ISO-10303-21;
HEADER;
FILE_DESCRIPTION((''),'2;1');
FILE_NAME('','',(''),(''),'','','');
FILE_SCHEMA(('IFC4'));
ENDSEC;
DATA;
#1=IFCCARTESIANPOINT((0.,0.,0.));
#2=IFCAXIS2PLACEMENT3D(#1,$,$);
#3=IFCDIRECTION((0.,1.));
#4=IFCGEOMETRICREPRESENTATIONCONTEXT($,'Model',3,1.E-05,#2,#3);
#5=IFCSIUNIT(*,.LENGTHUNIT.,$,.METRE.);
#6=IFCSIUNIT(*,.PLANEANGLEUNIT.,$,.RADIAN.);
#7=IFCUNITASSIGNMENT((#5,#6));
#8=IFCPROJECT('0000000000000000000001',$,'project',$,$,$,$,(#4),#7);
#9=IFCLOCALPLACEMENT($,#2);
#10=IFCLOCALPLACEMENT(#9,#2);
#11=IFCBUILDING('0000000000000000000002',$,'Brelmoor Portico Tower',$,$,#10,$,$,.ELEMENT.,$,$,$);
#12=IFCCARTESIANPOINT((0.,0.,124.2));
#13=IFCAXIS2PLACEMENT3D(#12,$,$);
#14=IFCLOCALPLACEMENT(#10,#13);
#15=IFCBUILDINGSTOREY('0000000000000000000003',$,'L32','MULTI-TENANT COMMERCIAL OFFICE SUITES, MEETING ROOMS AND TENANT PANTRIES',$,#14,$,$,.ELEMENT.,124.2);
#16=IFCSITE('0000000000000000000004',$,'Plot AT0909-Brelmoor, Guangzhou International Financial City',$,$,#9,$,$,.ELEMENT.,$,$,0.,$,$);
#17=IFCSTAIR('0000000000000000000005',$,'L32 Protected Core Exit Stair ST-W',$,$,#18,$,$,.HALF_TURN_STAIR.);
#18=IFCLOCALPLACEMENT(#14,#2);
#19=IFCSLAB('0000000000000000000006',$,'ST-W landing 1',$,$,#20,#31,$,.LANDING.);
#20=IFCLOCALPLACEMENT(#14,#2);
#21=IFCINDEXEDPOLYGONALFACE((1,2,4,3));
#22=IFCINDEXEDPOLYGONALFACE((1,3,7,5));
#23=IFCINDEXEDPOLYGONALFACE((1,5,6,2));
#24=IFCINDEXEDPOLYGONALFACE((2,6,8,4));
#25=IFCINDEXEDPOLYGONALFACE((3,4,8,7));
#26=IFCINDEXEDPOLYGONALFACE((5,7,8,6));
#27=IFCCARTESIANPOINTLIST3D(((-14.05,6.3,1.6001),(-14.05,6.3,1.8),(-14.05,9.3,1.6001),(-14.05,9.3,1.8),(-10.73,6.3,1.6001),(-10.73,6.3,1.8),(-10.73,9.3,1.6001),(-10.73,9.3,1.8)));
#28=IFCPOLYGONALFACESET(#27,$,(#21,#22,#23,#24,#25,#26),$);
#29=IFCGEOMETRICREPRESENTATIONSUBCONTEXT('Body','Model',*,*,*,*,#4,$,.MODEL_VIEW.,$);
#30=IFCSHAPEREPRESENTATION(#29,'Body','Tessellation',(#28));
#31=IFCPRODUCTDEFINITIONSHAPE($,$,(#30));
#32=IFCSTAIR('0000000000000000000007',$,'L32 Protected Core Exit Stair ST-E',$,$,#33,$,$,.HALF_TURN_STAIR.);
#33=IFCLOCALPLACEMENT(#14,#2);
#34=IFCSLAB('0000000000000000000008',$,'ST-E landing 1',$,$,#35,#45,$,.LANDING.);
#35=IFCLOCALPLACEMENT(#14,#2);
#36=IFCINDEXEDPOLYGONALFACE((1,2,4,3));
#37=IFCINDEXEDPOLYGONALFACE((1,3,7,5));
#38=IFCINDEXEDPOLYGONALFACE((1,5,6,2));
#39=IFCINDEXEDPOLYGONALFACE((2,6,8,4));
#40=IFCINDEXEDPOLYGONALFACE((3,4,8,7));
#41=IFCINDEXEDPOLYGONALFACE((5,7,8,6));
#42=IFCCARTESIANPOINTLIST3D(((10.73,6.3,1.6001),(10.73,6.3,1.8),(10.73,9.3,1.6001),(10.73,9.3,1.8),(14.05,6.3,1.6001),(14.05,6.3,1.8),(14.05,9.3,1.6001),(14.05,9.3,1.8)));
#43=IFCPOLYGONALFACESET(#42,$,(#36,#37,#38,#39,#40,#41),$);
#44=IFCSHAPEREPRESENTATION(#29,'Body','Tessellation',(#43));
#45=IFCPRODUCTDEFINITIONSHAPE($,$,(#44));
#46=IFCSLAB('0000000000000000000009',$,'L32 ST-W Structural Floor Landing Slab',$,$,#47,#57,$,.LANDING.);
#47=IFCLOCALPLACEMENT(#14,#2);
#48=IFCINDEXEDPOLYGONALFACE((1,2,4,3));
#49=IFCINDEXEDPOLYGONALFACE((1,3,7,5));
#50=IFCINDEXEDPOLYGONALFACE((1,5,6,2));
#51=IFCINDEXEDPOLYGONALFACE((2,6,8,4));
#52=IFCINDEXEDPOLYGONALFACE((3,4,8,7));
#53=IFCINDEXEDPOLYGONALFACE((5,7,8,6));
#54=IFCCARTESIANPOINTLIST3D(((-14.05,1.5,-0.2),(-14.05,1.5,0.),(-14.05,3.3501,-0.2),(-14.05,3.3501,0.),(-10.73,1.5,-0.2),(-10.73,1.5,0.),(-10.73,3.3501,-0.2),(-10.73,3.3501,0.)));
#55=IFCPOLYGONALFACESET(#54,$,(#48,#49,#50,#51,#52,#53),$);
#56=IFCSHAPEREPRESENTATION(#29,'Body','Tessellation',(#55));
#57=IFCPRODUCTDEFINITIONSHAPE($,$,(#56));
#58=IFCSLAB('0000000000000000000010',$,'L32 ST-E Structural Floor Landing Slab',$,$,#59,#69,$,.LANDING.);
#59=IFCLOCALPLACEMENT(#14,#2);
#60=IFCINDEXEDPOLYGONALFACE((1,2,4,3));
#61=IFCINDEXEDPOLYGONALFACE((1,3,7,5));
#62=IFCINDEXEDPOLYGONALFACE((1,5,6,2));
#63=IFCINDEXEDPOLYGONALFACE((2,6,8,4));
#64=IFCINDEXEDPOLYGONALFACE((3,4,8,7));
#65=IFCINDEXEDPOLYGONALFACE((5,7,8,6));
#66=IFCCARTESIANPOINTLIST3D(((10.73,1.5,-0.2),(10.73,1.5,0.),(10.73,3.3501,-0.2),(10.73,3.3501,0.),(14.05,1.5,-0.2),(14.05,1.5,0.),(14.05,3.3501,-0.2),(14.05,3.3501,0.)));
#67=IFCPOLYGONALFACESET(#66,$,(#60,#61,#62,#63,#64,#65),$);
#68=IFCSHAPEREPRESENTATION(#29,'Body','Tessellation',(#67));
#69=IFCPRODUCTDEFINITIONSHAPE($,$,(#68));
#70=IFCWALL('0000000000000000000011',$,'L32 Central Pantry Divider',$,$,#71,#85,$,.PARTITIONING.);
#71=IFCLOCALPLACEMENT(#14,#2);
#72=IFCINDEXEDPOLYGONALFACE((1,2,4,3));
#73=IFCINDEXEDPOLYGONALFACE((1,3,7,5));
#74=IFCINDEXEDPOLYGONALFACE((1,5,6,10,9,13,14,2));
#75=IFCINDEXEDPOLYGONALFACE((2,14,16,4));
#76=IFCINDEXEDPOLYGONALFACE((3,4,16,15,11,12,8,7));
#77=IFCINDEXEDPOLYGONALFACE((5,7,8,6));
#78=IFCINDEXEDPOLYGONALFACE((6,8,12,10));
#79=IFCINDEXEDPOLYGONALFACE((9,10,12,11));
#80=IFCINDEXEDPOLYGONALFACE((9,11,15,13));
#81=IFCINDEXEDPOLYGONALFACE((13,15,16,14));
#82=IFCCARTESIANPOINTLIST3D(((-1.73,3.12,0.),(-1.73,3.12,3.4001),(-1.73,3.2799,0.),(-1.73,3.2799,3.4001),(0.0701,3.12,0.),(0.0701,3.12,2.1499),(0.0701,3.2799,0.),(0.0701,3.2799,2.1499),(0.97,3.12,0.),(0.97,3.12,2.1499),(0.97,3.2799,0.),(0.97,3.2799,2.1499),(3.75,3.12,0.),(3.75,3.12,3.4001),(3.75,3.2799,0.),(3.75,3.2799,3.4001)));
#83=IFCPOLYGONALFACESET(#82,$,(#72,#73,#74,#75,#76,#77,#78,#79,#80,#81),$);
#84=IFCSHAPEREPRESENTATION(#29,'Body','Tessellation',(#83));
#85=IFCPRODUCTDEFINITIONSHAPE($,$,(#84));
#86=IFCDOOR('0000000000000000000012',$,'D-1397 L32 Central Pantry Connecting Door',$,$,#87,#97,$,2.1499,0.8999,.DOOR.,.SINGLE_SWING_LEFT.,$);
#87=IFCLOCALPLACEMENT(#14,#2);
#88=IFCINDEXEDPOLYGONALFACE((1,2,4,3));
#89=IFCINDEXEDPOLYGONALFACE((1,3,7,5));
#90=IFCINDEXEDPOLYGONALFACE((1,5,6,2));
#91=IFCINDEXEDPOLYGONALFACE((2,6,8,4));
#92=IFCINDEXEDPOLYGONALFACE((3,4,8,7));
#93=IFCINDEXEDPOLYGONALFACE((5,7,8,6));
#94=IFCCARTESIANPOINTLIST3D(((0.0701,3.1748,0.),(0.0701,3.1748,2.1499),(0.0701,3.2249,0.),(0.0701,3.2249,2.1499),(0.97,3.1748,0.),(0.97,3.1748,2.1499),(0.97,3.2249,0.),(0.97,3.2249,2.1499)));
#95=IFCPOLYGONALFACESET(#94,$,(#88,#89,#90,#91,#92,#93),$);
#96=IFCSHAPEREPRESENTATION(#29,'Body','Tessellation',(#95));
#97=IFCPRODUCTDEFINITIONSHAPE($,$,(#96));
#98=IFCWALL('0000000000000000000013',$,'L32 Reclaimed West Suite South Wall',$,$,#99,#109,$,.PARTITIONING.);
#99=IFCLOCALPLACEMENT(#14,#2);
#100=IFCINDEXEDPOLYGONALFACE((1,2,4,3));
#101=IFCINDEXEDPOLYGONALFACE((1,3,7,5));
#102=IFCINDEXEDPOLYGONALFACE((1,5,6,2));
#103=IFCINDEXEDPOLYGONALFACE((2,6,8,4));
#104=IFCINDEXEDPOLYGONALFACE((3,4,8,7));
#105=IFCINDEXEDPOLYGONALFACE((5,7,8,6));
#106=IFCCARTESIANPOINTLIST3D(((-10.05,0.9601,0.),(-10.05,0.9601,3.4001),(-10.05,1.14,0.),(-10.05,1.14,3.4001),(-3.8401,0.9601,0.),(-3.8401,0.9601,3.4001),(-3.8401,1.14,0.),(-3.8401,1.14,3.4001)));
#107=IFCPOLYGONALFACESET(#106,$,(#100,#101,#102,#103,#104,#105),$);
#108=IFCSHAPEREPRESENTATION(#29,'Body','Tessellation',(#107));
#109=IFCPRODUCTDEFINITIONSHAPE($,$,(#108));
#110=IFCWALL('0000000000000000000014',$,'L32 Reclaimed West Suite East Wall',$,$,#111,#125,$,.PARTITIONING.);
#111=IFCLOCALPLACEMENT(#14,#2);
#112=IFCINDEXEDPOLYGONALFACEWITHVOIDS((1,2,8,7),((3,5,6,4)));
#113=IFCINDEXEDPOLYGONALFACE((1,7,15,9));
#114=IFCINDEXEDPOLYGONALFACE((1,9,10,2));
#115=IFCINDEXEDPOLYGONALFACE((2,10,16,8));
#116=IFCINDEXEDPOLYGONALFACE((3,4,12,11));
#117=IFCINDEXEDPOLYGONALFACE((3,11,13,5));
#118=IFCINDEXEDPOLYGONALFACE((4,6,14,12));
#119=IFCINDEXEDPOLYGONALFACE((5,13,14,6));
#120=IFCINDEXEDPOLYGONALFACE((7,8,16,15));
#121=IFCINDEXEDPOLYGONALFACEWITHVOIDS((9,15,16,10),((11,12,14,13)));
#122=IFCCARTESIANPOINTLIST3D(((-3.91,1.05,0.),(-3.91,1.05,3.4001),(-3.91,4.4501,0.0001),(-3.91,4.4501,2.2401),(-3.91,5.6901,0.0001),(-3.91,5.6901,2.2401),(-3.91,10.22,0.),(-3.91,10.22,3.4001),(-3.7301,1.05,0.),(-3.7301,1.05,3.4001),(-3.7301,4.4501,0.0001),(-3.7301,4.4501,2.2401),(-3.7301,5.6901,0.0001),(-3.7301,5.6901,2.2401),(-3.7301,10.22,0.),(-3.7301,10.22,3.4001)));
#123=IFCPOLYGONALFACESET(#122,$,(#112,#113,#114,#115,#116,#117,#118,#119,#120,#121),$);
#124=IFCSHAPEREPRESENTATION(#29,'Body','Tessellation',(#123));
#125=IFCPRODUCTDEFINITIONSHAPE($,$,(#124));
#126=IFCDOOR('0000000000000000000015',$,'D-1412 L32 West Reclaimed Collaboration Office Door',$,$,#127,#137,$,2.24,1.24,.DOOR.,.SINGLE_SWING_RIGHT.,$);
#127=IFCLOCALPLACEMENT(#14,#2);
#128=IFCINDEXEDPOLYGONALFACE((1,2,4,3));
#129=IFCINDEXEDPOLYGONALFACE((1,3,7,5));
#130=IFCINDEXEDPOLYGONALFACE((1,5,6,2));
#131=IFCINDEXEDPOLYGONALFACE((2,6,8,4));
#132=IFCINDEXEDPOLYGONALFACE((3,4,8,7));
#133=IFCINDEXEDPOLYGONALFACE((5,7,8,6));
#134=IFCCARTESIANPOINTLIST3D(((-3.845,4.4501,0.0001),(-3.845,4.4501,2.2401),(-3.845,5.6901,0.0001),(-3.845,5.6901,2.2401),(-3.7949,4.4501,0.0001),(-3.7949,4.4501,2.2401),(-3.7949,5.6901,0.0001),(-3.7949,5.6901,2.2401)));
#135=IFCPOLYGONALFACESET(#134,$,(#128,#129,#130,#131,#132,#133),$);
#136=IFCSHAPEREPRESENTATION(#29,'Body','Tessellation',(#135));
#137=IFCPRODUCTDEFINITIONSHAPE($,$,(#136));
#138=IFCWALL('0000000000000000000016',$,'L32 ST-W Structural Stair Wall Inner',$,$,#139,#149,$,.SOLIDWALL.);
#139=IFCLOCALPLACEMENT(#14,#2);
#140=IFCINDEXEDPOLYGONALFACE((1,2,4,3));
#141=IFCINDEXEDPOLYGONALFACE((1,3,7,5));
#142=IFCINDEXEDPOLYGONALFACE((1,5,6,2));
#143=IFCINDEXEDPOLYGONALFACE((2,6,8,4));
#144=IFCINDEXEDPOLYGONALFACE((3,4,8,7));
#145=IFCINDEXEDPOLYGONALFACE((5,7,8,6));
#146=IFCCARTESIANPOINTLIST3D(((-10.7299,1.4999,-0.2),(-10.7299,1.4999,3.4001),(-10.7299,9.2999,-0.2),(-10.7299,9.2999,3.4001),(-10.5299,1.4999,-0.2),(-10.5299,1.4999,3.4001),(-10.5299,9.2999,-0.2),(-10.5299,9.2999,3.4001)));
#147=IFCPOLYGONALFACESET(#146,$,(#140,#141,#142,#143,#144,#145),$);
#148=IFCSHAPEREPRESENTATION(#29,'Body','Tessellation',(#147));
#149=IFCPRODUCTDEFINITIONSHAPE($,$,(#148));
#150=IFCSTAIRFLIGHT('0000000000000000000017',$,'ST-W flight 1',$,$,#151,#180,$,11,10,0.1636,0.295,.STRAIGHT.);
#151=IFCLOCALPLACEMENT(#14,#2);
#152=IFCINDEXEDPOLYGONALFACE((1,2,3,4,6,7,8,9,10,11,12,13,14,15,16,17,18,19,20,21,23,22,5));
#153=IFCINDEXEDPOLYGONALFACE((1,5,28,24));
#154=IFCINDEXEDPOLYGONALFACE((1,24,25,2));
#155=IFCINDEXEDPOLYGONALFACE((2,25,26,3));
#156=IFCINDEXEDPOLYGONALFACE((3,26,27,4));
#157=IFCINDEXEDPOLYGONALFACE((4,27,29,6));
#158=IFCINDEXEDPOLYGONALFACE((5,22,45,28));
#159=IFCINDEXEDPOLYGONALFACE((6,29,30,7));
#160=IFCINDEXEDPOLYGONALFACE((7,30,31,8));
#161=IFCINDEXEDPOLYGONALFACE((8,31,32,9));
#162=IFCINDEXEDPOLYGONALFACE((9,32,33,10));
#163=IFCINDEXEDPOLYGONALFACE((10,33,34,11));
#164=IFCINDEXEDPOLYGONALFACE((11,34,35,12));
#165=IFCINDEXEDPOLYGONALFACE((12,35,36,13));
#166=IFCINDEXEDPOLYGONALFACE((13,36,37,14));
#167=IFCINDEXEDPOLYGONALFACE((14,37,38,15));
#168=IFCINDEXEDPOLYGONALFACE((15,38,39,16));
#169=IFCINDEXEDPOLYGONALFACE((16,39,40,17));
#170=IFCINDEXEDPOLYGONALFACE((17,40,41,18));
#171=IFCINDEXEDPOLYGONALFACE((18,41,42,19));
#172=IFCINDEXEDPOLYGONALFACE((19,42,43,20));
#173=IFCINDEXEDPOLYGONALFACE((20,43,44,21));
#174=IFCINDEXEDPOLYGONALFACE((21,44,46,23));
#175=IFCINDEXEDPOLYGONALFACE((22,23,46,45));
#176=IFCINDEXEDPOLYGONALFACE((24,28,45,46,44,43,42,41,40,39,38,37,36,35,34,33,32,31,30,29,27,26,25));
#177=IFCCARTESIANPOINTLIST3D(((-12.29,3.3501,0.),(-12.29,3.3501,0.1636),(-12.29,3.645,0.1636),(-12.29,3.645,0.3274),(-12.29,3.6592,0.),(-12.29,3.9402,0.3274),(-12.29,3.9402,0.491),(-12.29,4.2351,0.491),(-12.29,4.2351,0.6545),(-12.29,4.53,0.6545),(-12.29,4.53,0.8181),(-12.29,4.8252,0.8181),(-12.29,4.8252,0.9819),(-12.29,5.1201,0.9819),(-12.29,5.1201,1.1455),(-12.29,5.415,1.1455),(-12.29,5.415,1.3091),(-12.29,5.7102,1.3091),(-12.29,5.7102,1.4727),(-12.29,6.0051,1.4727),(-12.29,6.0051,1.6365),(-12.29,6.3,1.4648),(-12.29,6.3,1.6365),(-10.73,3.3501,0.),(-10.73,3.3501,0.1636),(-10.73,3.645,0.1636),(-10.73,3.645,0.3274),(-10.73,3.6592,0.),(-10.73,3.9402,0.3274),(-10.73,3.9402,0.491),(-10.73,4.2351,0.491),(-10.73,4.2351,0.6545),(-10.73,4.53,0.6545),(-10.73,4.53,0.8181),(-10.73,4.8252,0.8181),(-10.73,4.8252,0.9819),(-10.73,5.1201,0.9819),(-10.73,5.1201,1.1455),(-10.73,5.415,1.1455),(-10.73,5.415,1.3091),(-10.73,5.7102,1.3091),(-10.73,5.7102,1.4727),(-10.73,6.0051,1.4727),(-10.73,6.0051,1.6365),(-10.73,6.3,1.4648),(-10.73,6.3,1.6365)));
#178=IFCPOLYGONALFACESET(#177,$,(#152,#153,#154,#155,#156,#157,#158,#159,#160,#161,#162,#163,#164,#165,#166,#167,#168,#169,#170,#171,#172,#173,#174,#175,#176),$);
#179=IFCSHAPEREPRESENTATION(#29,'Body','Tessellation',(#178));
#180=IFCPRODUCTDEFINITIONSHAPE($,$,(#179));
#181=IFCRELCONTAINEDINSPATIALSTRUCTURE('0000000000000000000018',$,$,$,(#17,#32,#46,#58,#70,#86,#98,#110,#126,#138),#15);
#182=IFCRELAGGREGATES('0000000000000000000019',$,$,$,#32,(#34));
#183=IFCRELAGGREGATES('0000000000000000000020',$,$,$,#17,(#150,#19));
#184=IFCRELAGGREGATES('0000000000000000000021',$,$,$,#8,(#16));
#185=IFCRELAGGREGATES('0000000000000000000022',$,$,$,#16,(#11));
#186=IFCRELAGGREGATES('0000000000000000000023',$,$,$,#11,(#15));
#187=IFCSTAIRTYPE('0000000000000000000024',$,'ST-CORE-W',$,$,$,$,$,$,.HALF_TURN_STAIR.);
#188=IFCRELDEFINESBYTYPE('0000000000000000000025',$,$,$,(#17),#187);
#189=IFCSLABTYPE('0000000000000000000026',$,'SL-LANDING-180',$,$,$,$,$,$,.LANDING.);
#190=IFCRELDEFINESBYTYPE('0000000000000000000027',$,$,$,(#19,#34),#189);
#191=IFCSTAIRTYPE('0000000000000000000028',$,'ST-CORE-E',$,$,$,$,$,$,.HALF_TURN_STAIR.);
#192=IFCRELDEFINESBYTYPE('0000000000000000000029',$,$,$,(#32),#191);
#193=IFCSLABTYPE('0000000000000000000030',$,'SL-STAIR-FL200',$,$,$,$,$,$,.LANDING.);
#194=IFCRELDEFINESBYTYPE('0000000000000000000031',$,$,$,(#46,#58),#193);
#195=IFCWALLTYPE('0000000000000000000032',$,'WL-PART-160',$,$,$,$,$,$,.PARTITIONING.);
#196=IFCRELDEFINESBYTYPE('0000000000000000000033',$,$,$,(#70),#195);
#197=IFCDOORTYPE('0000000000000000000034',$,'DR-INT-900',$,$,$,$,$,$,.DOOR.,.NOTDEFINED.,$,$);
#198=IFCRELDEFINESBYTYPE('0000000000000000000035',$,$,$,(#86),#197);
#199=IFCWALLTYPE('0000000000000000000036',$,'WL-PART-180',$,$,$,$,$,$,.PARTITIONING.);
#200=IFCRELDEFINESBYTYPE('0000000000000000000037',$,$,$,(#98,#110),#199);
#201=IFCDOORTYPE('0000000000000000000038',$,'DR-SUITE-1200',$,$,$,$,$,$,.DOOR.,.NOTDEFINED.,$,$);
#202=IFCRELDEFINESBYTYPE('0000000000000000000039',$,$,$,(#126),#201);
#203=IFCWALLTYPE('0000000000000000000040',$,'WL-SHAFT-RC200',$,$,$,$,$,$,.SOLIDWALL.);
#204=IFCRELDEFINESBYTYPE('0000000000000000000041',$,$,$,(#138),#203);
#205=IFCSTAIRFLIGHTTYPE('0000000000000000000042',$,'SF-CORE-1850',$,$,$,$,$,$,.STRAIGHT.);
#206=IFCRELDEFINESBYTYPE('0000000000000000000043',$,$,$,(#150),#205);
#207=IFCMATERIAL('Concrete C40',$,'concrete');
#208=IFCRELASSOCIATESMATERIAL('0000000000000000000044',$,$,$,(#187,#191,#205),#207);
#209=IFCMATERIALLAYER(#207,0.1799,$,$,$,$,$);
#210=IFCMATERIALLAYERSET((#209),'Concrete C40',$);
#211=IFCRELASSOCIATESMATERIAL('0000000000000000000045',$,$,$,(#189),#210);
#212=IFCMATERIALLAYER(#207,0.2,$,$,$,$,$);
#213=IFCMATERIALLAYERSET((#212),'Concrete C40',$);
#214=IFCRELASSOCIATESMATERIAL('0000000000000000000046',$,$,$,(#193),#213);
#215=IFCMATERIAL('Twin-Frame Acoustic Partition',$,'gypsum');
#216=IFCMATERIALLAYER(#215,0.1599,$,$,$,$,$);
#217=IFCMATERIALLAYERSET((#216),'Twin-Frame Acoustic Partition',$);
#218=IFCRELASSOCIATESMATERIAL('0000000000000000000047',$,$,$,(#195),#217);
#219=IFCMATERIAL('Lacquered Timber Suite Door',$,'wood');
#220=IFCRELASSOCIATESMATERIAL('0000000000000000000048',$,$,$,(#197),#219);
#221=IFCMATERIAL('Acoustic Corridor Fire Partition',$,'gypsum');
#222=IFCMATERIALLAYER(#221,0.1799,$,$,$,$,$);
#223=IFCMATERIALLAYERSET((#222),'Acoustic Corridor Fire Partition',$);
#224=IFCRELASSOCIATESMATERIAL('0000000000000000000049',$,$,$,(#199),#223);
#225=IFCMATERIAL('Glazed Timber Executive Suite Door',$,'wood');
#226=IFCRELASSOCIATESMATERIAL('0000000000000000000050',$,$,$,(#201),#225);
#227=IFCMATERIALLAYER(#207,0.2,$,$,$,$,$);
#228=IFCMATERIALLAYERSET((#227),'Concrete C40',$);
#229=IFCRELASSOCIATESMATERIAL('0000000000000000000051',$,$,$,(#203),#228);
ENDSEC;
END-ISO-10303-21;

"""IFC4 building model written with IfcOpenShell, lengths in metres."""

from ifc_helpers import new_model, si_unit, direction, frame, frame_2d, origin, place, context, subcontext, project, spatial, polyline, rectangle, outline, extrude, material, layer, layer_set, type_object, element, fill, aggregate, save


model = new_model("IFC4")

# Units and contexts
model_context = context("Model", 3, precision=1e-05, world=origin(), true_north=direction((0.0, 1.0)))
body_context = subcontext(model_context, "Body", "Model", "MODEL_VIEW")
ifc_project = project(units=[si_unit("LENGTHUNIT", "METRE"), si_unit("PLANEANGLEUNIT", "RADIAN")], contexts=[model_context])

# Site, building, storey
site_placement = place(None, origin())
site = spatial("IfcSite", under=ifc_project, at=site_placement, Name="Plot AT0909-Brelmoor, Guangzhou International Financial City", CompositionType="ELEMENT", RefElevation=0.0)
building_placement = place(site_placement, origin())
building = spatial("IfcBuilding", under=site, at=building_placement, Name="Brelmoor Portico Tower", CompositionType="ELEMENT")
storey_placement = place(building_placement, frame((0.0, 0.0, 124.2)))
storey = spatial("IfcBuildingStorey", under=building, at=storey_placement, Name="L32", Description="MULTI-TENANT COMMERCIAL OFFICE SUITES, MEETING ROOMS AND TENANT PANTRIES", CompositionType="ELEMENT", Elevation=124.2)

# Shared definitions
ifc_material_1 = material(Name="Concrete C40", Category="concrete")

# Stairs, slabs
stair_type_1 = type_object("IfcStairType", Name="ST-CORE-W", PredefinedType="HALF_TURN_STAIR", material=ifc_material_1)
stair_1_placement = place(storey_placement, origin())
stair_1 = element("IfcStair", 1, at=stair_1_placement, inside=storey, type_object=stair_type_1, Name="L32 Protected Core Exit Stair ST-W", PredefinedType="HALF_TURN_STAIR")
ifc_layer_1 = layer(ifc_material_1, 0.1799)
ifc_layer_set_1 = layer_set([ifc_layer_1], Name="Concrete C40")
slab_type_1 = type_object("IfcSlabType", Name="SL-LANDING-180", PredefinedType="LANDING", material=ifc_layer_set_1)
slab_1_placement = place(storey_placement, frame((0.0, 0.0, 1.6001)))
slab_1 = element("IfcSlab", 2, at=slab_1_placement, type_object=slab_type_1, Name="ST-W landing 1", PredefinedType="LANDING", context=body_context, shape_type="SweptSolid", body=[
    extrude(outline(polyline([(-10.73, 6.3), (-10.73, 9.3), (-14.05, 9.3), (-14.05, 6.3), (-10.73, 6.3)])), origin(), (0.0, 0.0, 1.0), 0.2),
])
stair_type_2 = type_object("IfcStairType", Name="ST-CORE-E", PredefinedType="HALF_TURN_STAIR", material=ifc_material_1)
stair_2_placement = place(storey_placement, origin())
stair_2 = element("IfcStair", 3, at=stair_2_placement, inside=storey, type_object=stair_type_2, Name="L32 Protected Core Exit Stair ST-E", PredefinedType="HALF_TURN_STAIR")
slab_2_placement = place(storey_placement, frame((0.0, 0.0, 1.6001)))
slab_2 = element("IfcSlab", 4, at=slab_2_placement, type_object=slab_type_1, Name="ST-E landing 1", PredefinedType="LANDING", context=body_context, shape_type="SweptSolid", body=[
    extrude(outline(polyline([(14.05, 6.3), (14.05, 9.3), (10.73, 9.3), (10.73, 6.3), (14.05, 6.3)])), origin(), (0.0, 0.0, 1.0), 0.2),
])
aggregate(stair_2, [slab_2])

# Slabs
ifc_layer_2 = layer(ifc_material_1, 0.2)
ifc_layer_set_2 = layer_set([ifc_layer_2], Name="Concrete C40")
slab_type_2 = type_object("IfcSlabType", Name="SL-STAIR-FL200", PredefinedType="LANDING", material=ifc_layer_set_2)
slab_3_placement = place(storey_placement, frame((0.0, 0.0, -0.2)))
element("IfcSlab", 5, at=slab_3_placement, inside=storey, type_object=slab_type_2, Name="L32 ST-W Structural Floor Landing Slab", PredefinedType="LANDING", context=body_context, shape_type="SweptSolid", body=[
    extrude(outline(polyline([(-10.73, 1.5), (-10.73, 3.3501), (-14.05, 3.3501), (-14.05, 1.5), (-10.73, 1.5)])), origin(), (0.0, 0.0, 1.0), 0.2),
])
slab_4_placement = place(storey_placement, frame((0.0, 0.0, -0.2)))
element("IfcSlab", 6, at=slab_4_placement, inside=storey, type_object=slab_type_2, Name="L32 ST-E Structural Floor Landing Slab", PredefinedType="LANDING", context=body_context, shape_type="SweptSolid", body=[
    extrude(outline(polyline([(14.05, 1.5), (14.05, 3.3501), (10.73, 3.3501), (10.73, 1.5), (14.05, 1.5)])), origin(), (0.0, 0.0, 1.0), 0.2),
])

# Wall, opening, door
ifc_material_2 = material(Name="Twin-Frame Acoustic Partition", Category="gypsum")
ifc_layer_3 = layer(ifc_material_2, 0.1599)
ifc_layer_set_3 = layer_set([ifc_layer_3], Name="Twin-Frame Acoustic Partition")
wall_type_1 = type_object("IfcWallType", Name="WL-PART-160", PredefinedType="PARTITIONING", material=ifc_layer_set_3)
wall_1_placement = place(storey_placement, frame((-1.73, 3.2, 0.0), z_axis=(0.0, 0.0, 1.0), x_axis=(1.0, 0.0, 0.0)))
wall_1 = element("IfcWall", 7, at=wall_1_placement, inside=storey, type_object=wall_type_1, Name="L32 Central Pantry Divider", PredefinedType="PARTITIONING", context=body_context, shape_type="SweptSolid", body=[
    extrude(rectangle(XDim=5.48, YDim=0.1599, at=frame_2d((2.74, 0.0))), origin(), (0.0, 0.0, 1.0), 3.4001),
])
opening_1_placement = place(wall_1_placement, frame((1.8, 0.0, 0.0)))
opening_1 = element("IfcOpeningElement", 8, at=opening_1_placement, cuts=wall_1, PredefinedType="OPENING", context=body_context, shape_type="SweptSolid", body=[
    extrude(rectangle(XDim=0.8999, YDim=2.1499, at=frame_2d((0.45, 1.075))), frame((0.0, 0.0898, 0.0), z_axis=(0.0, -1.0, 0.0), x_axis=(1.0, 0.0, 0.0)), (0.0, 0.0, 1.0), 0.1799),
])
ifc_material_3 = material(Name="Lacquered Timber Suite Door", Category="wood")
door_type_1 = type_object("IfcDoorType", Name="DR-INT-900", OperationType="NOTDEFINED", PredefinedType="DOOR", material=ifc_material_3)
door_1_placement = place(opening_1_placement, origin())
door_1 = element("IfcDoor", 9, at=door_1_placement, inside=storey, type_object=door_type_1, Name="D-1397 L32 Central Pantry Connecting Door", OperationType="SINGLE_SWING_LEFT", OverallHeight=2.1499, OverallWidth=0.8999, PredefinedType="DOOR", context=body_context, shape_type="SweptSolid", body=[
    extrude(rectangle(XDim=0.8999, YDim=2.1499, at=frame_2d((0.45, 1.075))), frame((0.0, 0.0249, 0.0), z_axis=(0.0, -1.0, 0.0), x_axis=(1.0, 0.0, 0.0)), (0.0, 0.0, 1.0), 0.05),
])
fill(opening_1, door_1)

# Wall
ifc_material_4 = material(Name="Acoustic Corridor Fire Partition", Category="gypsum")
ifc_layer_4 = layer(ifc_material_4, 0.1799)
ifc_layer_set_4 = layer_set([ifc_layer_4], Name="Acoustic Corridor Fire Partition")
wall_type_2 = type_object("IfcWallType", Name="WL-PART-180", PredefinedType="PARTITIONING", material=ifc_layer_set_4)
wall_2_placement = place(storey_placement, frame((-10.05, 1.05, 0.0), z_axis=(0.0, 0.0, 1.0), x_axis=(1.0, 0.0, 0.0)))
element("IfcWall", 10, at=wall_2_placement, inside=storey, type_object=wall_type_2, Name="L32 Reclaimed West Suite South Wall", PredefinedType="PARTITIONING", context=body_context, shape_type="SweptSolid", body=[
    extrude(rectangle(XDim=6.21, YDim=0.1799, at=frame_2d((3.105, 0.0))), origin(), (0.0, 0.0, 1.0), 3.4001),
])

# Wall, opening, door
wall_3_placement = place(storey_placement, frame((-3.8201, 1.05, 0.0), z_axis=(0.0, 0.0, 1.0), x_axis=(0.0, 1.0, 0.0)))
wall_3 = element("IfcWall", 11, at=wall_3_placement, inside=storey, type_object=wall_type_2, Name="L32 Reclaimed West Suite East Wall", PredefinedType="PARTITIONING", context=body_context, shape_type="SweptSolid", body=[
    extrude(rectangle(XDim=9.1699, YDim=0.1799, at=frame_2d((4.585, 0.0))), origin(), (0.0, 0.0, 1.0), 3.4001),
])
opening_2_placement = place(wall_3_placement, frame((3.3999, 0.0, 0.0)))
opening_2 = element("IfcOpeningElement", 12, at=opening_2_placement, cuts=wall_3, PredefinedType="OPENING", context=body_context, shape_type="SweptSolid", body=[
    extrude(rectangle(XDim=1.24, YDim=2.24, at=frame_2d((0.6201, 1.1201))), frame((0.0, 0.0999, 0.0), z_axis=(0.0, -1.0, 0.0), x_axis=(1.0, 0.0, 0.0)), (0.0, 0.0, 1.0), 0.2),
])
ifc_material_5 = material(Name="Glazed Timber Executive Suite Door", Category="wood")
door_type_2 = type_object("IfcDoorType", Name="DR-SUITE-1200", OperationType="NOTDEFINED", PredefinedType="DOOR", material=ifc_material_5)
door_2_placement = place(opening_2_placement, origin())
door_2 = element("IfcDoor", 13, at=door_2_placement, inside=storey, type_object=door_type_2, Name="D-1412 L32 West Reclaimed Collaboration Office Door", OperationType="SINGLE_SWING_RIGHT", OverallHeight=2.24, OverallWidth=1.24, PredefinedType="DOOR", context=body_context, shape_type="SweptSolid", body=[
    extrude(rectangle(XDim=1.24, YDim=2.24, at=frame_2d((0.6201, 1.1201))), frame((0.0, 0.0249, 0.0), z_axis=(0.0, -1.0, 0.0), x_axis=(1.0, 0.0, 0.0)), (0.0, 0.0, 1.0), 0.05),
])
fill(opening_2, door_2)

# Wall
ifc_layer_5 = layer(ifc_material_1, 0.2)
ifc_layer_set_5 = layer_set([ifc_layer_5], Name="Concrete C40")
wall_type_3 = type_object("IfcWallType", Name="WL-SHAFT-RC200", PredefinedType="SOLIDWALL", material=ifc_layer_set_5)
wall_4_placement = place(storey_placement, frame((-10.6299, 1.5, -0.2), z_axis=(0.0, 0.0, 1.0), x_axis=(0.0, 1.0, 0.0)))
element("IfcWall", 14, at=wall_4_placement, inside=storey, type_object=wall_type_3, Name="L32 ST-W Structural Stair Wall Inner", PredefinedType="SOLIDWALL", context=body_context, shape_type="SweptSolid", body=[
    extrude(rectangle(XDim=7.8, YDim=0.2, at=frame_2d((3.8999, 0.0))), origin(), (0.0, 0.0, 1.0), 3.6001),
])

# Stair flight
stair_flight_type = type_object("IfcStairFlightType", Name="SF-CORE-1850", PredefinedType="STRAIGHT", material=ifc_material_1)
stair_flight_placement = place(storey_placement, frame((-11.51, 3.3501, 0.0), z_axis=(0.0, 0.0, 1.0), x_axis=(0.0, 1.0, 0.0)))
stair_flight = element("IfcStairFlight", 15, at=stair_flight_placement, type_object=stair_flight_type, Name="ST-W flight 1", NumberOfRisers=11, NumberOfTreads=10, PredefinedType="STRAIGHT", RiserHeight=0.1636, TreadLength=0.295, context=body_context, shape_type="SweptSolid", body=[
    extrude(outline(polyline([(0.0, 0.0), (0.0, 0.1636), (0.2949, 0.1636), (0.2949, 0.3274), (0.5901, 0.3274), (0.5901, 0.491), (0.885, 0.491), (0.885, 0.6545), (1.1799, 0.6545), (1.1799, 0.8181), (1.4751, 0.8181), (1.4751, 0.9819), (1.77, 0.9819), (1.77, 1.1455), (2.0649, 1.1455), (2.0649, 1.3091), (2.3601, 1.3091), (2.3601, 1.4727), (2.655, 1.4727), (2.655, 1.6365), (2.95, 1.6365), (2.95, 1.8), (2.95, 1.4648), (0.3091, 0.0), (0.0, 0.0)])), frame((0.0, 0.78, 0.0), z_axis=(0.0, -1.0, 0.0), x_axis=(1.0, 0.0, 0.0)), (0.0, 0.0, 1.0), 1.5601),
])
aggregate(stair_1, [stair_flight, slab_1])

save(model, "model.ifc")
